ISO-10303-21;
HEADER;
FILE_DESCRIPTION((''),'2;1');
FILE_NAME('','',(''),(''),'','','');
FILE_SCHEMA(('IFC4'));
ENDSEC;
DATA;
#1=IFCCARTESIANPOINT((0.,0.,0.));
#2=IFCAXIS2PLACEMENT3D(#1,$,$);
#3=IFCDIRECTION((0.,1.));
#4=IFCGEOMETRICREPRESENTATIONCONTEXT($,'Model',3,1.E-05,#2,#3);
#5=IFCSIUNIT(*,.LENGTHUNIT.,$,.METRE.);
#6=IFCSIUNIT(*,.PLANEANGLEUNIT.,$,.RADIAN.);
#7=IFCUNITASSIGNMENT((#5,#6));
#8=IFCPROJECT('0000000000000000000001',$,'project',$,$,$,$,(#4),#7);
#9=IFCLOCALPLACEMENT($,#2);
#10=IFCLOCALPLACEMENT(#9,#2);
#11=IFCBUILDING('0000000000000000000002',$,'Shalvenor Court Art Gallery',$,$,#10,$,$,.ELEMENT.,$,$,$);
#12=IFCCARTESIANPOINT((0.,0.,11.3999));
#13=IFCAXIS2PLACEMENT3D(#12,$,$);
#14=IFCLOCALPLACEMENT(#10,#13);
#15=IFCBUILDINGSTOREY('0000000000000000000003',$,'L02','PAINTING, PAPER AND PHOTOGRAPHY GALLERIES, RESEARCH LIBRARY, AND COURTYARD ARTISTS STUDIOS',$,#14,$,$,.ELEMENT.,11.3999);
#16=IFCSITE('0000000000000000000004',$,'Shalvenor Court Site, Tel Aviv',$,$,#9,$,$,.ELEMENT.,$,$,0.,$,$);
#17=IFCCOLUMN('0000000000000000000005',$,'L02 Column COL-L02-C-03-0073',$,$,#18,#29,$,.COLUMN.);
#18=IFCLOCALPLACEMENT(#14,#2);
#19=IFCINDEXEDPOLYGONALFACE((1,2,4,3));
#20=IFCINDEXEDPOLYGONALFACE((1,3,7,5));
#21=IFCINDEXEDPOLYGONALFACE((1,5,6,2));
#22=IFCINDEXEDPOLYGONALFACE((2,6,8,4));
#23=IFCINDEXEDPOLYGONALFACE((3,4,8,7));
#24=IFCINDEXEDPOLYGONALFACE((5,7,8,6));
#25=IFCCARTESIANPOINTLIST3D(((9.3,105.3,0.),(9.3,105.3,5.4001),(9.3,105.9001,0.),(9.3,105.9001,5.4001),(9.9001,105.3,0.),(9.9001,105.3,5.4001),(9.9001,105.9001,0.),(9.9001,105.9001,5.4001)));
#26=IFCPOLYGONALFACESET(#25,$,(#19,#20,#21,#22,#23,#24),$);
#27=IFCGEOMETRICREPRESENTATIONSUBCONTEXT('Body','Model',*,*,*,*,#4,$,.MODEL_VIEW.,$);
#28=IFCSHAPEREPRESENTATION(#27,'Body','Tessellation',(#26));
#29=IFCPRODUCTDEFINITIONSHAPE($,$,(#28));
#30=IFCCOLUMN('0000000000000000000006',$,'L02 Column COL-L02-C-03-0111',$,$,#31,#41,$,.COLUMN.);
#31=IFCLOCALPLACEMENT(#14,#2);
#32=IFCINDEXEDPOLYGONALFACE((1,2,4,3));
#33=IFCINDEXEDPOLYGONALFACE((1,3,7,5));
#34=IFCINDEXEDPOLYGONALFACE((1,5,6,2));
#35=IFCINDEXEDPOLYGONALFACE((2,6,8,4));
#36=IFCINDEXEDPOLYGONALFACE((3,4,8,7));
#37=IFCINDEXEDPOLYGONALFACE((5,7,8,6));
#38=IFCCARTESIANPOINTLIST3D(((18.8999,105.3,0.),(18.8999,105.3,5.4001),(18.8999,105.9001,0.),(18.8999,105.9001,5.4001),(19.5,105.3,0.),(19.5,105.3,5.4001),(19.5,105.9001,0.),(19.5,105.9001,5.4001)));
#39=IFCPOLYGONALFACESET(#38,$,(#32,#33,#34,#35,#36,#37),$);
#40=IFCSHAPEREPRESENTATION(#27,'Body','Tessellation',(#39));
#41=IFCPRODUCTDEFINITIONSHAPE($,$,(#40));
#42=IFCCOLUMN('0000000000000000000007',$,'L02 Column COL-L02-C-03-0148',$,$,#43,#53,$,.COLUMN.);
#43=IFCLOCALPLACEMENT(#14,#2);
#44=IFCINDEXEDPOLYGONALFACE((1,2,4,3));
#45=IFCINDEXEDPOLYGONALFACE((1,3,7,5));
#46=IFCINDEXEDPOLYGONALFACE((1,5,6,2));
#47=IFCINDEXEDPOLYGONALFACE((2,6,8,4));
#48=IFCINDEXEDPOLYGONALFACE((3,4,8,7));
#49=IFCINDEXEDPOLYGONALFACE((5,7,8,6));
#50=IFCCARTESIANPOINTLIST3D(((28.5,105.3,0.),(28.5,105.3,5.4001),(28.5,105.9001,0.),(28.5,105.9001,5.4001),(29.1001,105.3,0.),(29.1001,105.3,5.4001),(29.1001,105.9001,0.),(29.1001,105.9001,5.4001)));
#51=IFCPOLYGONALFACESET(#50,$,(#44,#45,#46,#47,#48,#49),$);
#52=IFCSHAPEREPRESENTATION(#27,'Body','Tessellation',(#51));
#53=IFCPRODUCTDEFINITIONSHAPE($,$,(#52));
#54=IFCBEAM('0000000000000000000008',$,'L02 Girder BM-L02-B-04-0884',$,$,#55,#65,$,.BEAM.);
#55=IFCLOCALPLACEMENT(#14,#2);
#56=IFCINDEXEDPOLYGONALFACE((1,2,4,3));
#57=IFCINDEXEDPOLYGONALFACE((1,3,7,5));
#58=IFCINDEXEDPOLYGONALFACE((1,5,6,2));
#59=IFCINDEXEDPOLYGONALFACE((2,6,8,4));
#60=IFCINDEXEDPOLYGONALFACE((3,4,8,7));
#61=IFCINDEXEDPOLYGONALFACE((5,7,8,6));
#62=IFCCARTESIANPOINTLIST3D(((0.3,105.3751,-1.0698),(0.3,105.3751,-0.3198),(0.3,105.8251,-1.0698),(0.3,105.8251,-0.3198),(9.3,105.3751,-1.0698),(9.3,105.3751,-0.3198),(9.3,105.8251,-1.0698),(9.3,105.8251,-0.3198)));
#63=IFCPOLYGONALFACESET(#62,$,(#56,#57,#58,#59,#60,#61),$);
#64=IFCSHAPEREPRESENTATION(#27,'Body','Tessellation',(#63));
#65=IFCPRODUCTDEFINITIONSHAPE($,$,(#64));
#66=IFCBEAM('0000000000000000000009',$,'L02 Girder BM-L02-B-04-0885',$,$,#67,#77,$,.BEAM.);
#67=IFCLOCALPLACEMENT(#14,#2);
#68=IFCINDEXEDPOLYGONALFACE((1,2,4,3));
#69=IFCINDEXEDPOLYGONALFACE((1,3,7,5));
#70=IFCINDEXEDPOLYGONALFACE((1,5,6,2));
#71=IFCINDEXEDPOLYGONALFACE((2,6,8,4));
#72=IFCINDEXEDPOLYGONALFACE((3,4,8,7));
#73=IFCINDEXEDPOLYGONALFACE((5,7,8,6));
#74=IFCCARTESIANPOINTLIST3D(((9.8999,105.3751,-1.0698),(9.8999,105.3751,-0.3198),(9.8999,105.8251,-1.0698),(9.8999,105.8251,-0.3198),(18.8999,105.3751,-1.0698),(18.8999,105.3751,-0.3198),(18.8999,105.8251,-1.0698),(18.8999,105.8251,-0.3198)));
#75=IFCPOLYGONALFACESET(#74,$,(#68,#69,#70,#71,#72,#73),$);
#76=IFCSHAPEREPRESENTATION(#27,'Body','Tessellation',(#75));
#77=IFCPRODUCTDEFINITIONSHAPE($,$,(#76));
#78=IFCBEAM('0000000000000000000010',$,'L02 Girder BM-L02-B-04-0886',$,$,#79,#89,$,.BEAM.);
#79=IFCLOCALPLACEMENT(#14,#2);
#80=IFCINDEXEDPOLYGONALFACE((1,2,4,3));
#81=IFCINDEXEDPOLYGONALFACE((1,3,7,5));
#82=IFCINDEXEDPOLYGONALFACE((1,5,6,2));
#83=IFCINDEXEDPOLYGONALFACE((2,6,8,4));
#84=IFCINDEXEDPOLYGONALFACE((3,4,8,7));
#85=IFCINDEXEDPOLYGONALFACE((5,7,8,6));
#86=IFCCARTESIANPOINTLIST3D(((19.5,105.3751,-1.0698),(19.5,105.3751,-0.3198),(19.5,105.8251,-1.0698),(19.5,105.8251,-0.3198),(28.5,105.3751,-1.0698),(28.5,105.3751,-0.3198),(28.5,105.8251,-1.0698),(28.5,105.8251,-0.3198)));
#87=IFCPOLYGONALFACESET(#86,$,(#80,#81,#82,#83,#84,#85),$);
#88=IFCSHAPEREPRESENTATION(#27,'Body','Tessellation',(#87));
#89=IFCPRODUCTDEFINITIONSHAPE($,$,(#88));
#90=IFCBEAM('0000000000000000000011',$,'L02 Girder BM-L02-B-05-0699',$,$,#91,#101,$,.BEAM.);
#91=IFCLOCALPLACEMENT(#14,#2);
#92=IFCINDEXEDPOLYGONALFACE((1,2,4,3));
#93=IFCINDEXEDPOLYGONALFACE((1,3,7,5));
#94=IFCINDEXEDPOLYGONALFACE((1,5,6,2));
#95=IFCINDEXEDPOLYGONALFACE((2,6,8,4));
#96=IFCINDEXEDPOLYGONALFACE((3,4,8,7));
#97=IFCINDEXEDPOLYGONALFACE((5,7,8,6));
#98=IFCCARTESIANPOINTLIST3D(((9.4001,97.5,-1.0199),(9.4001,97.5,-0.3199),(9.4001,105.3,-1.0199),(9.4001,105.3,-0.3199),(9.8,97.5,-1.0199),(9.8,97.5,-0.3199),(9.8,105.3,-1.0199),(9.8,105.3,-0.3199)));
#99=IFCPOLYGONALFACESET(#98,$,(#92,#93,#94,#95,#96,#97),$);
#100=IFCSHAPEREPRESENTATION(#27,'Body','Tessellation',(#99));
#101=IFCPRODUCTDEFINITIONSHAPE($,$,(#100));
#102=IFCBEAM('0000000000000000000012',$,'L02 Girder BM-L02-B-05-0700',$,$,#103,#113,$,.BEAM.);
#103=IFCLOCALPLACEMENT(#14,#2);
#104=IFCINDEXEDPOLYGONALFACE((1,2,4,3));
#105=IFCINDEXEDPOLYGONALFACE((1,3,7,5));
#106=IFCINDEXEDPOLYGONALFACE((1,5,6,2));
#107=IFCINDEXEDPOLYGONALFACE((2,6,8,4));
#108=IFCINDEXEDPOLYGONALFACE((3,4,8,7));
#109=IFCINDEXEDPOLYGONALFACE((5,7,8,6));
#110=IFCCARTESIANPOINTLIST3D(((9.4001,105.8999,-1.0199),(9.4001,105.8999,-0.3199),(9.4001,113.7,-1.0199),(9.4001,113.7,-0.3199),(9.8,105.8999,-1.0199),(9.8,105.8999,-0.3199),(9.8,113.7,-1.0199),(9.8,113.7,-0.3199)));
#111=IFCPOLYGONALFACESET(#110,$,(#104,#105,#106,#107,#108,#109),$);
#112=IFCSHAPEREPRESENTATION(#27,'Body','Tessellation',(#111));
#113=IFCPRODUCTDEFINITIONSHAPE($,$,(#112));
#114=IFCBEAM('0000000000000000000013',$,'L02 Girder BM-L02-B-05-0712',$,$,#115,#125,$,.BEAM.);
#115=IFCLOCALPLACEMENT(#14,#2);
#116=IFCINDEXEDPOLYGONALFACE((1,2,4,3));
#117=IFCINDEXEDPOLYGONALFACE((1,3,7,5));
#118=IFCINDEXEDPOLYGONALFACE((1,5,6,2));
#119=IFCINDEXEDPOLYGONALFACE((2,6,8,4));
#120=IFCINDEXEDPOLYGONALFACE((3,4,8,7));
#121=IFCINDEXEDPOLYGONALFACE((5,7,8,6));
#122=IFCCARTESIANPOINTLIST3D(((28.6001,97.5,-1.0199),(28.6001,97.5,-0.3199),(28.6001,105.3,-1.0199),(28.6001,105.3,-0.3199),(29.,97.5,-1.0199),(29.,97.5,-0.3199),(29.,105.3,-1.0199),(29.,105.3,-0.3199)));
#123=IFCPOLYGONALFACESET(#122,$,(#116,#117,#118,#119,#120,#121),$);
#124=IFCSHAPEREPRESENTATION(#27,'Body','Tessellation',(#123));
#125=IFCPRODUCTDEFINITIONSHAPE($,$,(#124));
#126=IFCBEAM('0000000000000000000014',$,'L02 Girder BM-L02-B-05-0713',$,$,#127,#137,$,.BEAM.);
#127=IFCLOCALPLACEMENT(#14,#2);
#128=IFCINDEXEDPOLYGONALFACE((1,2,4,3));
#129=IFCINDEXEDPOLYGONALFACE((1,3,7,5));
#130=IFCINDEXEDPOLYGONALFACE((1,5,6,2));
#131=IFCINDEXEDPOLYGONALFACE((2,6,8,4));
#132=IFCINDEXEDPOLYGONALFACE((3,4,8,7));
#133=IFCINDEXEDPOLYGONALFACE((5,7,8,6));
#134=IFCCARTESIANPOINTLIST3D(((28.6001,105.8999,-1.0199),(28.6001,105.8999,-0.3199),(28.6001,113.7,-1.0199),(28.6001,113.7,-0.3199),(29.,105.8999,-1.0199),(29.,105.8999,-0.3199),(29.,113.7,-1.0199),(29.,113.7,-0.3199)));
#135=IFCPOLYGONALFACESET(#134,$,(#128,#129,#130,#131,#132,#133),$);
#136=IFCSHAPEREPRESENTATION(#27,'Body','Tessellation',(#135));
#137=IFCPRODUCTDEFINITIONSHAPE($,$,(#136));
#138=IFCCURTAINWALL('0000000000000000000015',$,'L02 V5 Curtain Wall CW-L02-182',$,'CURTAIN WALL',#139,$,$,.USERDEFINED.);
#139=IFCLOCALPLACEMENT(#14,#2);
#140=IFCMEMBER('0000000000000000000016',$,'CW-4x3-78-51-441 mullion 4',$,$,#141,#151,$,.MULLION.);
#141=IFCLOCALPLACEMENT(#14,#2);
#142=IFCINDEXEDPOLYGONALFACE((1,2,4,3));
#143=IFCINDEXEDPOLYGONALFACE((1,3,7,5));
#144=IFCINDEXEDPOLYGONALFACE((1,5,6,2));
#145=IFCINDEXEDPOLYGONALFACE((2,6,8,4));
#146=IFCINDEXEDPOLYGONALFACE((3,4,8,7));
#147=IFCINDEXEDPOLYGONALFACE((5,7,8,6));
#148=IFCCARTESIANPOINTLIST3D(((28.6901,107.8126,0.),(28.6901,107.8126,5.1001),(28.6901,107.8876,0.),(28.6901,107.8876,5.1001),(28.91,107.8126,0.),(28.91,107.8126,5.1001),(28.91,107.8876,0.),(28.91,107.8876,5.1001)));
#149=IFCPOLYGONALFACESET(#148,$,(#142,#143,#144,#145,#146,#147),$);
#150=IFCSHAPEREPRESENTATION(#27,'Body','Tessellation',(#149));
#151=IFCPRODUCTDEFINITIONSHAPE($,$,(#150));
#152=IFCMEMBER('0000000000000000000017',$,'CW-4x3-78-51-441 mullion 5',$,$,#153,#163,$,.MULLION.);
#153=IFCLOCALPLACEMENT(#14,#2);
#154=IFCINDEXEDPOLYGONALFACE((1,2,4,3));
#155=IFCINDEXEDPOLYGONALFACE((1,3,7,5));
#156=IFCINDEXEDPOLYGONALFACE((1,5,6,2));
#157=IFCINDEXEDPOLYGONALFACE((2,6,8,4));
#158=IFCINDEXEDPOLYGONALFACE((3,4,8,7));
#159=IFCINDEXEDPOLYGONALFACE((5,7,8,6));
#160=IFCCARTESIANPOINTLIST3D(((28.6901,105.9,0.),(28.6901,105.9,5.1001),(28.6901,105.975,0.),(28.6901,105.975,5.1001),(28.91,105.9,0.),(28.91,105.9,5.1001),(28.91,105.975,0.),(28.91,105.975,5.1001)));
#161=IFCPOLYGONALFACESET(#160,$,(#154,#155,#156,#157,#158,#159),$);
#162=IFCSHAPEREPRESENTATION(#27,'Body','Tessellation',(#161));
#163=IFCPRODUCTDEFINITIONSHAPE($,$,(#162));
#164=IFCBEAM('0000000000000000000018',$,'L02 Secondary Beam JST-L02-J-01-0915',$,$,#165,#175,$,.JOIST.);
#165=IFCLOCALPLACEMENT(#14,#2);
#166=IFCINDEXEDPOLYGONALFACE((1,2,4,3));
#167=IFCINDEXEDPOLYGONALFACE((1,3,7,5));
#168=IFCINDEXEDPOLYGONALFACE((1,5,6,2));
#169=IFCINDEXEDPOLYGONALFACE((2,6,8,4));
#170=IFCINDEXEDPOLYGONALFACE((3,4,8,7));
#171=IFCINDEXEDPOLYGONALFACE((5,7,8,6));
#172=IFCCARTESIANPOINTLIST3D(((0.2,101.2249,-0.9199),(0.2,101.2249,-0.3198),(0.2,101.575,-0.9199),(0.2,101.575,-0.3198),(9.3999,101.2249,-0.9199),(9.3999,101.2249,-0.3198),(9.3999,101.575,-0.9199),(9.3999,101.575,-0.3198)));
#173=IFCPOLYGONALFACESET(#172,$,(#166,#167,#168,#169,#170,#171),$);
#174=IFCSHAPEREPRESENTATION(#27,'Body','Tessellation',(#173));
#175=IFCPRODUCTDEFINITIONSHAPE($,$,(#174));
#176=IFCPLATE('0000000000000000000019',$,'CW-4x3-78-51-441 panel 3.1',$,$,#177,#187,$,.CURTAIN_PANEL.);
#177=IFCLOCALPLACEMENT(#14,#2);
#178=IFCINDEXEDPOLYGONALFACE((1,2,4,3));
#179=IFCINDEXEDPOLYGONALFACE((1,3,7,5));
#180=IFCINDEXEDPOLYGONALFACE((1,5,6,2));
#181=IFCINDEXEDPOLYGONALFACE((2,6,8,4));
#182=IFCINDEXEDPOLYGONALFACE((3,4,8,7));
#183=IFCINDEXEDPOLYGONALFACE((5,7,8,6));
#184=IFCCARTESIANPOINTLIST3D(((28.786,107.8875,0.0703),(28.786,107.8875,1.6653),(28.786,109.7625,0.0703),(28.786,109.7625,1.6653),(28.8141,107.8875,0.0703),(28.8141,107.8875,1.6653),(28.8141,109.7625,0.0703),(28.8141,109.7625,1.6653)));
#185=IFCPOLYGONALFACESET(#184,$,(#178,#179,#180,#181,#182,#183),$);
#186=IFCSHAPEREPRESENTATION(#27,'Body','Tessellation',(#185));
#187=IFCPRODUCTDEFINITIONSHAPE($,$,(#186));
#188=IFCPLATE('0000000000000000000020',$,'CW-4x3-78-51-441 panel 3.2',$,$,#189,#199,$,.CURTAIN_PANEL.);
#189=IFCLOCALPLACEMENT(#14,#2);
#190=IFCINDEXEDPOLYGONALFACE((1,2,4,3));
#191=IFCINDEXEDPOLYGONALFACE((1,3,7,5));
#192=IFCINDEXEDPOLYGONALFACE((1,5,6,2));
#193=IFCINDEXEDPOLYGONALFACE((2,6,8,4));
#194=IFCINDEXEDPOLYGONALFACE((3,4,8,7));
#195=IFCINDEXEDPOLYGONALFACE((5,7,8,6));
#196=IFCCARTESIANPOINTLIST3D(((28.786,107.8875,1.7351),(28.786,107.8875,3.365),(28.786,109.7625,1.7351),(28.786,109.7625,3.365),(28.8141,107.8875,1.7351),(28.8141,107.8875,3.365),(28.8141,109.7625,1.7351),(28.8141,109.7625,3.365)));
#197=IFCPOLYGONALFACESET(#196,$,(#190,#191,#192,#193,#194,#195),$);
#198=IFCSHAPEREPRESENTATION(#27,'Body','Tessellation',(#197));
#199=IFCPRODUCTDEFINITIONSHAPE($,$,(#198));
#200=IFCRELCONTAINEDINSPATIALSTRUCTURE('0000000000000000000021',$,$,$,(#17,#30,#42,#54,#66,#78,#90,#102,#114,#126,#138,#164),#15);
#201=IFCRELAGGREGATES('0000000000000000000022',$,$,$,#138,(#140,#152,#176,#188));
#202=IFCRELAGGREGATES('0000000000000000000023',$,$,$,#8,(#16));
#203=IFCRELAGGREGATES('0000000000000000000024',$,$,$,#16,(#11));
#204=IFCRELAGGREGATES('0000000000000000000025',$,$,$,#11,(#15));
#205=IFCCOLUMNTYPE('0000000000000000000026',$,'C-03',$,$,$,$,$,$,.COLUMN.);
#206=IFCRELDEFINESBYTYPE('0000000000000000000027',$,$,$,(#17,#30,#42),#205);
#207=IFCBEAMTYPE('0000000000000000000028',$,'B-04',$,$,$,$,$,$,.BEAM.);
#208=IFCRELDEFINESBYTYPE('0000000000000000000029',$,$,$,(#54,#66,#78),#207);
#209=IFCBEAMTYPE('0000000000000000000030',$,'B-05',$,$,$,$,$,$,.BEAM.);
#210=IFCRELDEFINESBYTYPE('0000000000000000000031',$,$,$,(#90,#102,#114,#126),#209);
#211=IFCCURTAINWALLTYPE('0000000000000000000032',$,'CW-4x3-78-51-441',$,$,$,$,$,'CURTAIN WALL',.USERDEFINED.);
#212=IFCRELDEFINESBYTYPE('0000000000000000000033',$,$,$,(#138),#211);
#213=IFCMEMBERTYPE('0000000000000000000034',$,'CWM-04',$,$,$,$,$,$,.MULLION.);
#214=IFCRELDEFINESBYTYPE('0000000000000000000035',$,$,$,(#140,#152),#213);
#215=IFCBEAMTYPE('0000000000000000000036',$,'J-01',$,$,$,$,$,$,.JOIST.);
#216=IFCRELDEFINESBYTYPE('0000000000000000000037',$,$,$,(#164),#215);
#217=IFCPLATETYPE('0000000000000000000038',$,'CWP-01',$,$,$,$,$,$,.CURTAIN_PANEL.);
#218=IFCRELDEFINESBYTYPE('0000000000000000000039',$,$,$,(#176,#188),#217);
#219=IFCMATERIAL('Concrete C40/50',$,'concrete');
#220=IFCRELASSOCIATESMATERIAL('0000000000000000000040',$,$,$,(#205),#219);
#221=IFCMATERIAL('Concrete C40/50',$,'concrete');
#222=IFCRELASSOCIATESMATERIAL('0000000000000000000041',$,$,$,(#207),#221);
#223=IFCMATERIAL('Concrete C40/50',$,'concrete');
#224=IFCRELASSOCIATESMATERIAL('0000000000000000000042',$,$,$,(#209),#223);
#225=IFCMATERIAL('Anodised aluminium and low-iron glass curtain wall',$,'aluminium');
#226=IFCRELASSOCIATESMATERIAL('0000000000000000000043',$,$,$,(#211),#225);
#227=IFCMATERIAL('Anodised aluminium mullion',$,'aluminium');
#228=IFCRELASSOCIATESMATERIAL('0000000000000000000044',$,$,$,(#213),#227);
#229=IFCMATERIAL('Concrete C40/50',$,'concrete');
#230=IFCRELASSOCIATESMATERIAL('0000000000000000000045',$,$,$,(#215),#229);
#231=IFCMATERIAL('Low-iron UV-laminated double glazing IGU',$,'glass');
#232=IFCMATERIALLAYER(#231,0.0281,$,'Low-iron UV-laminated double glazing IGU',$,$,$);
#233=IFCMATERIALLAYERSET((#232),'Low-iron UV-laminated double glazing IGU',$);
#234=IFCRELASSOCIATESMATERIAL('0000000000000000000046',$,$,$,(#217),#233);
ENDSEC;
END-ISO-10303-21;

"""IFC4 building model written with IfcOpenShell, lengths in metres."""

from ifc_helpers import new_model, si_unit, direction, frame, origin, origin_2d, place, context, subcontext, project, spatial, rectangle, extrude, material, layer, layer_set, material_profile, profile_set, type_object, element, aggregate, save


model = new_model("IFC4")

# Units and contexts
model_context = context("Model", 3, precision=1e-05, world=origin(), true_north=direction((0.0, 1.0)))
body_context = subcontext(model_context, "Body", "Model", "MODEL_VIEW")
ifc_project = project(units=[si_unit("LENGTHUNIT", "METRE"), si_unit("PLANEANGLEUNIT", "RADIAN")], contexts=[model_context])

# Site, building, storey
site_placement = place(None, origin())
site = spatial("IfcSite", under=ifc_project, at=site_placement, Name="Shalvenor Court Site, Tel Aviv", CompositionType="ELEMENT", RefElevation=0.0)
building_placement = place(site_placement, origin())
building = spatial("IfcBuilding", under=site, at=building_placement, Name="Shalvenor Court Art Gallery", CompositionType="ELEMENT")
storey_placement = place(building_placement, frame((0.0, 0.0, 11.3999)))
storey = spatial("IfcBuildingStorey", under=building, at=storey_placement, Name="L02", Description="PAINTING, PAPER AND PHOTOGRAPHY GALLERIES, RESEARCH LIBRARY, AND COURTYARD ARTISTS STUDIOS", CompositionType="ELEMENT", Elevation=11.3999)

# Columns
ifc_material_1 = material(Name="Concrete C40/50", Category="concrete")
ifc_material_profile_1 = material_profile(ifc_material_1, rectangle(XDim=0.6001, YDim=0.6001, at=origin_2d()), Name="RC 600x600")
ifc_profile_set_1 = profile_set([ifc_material_profile_1], Name="Concrete C40/50")
column_type = type_object("IfcColumnType", Name="C-03", PredefinedType="COLUMN", material=ifc_profile_set_1)
for number, where, z_axis, x_axis, name in (
    (1, (9.6001, 105.6001, 0.0), (0.0, 0.0, 1.0), (1.0, 0.0, 0.0), "L02 Column COL-L02-C-03-0073"),
    (2, (19.2, 105.6001, 0.0), (0.0, 0.0, 1.0), (1.0, 0.0, 0.0), "L02 Column COL-L02-C-03-0111"),
    (3, (28.8, 105.6001, 0.0), (0.0, 0.0, 1.0), (1.0, 0.0, 0.0), "L02 Column COL-L02-C-03-0148"),
):
    element("IfcColumn", number, at=place(storey_placement, frame(where, z_axis=z_axis, x_axis=x_axis)), inside=storey, type_object=column_type, Name=name, PredefinedType="COLUMN", context=body_context, shape_type="SweptSolid", body=[
        extrude(rectangle(XDim=0.6001, YDim=0.6001, at=origin_2d()), origin(), (0.0, 0.0, 1.0), 5.4001),
    ])

# Beams
ifc_material_2 = material(Name="Concrete C40/50", Category="concrete")
ifc_material_profile_2 = material_profile(ifc_material_2, rectangle(XDim=0.45, YDim=0.75, at=origin_2d()), Name="RC 450x750")
ifc_profile_set_2 = profile_set([ifc_material_profile_2], Name="Concrete C40/50")
beam_type_1 = type_object("IfcBeamType", Name="B-04", PredefinedType="BEAM", material=ifc_profile_set_2)
for number, where, z_axis, x_axis, name in (
    (4, (0.3, 105.6001, -0.6948), (1.0, 0.0, 0.0), (0.0, 1.0, 0.0), "L02 Girder BM-L02-B-04-0884"),
    (5, (9.8999, 105.6001, -0.6948), (1.0, 0.0, 0.0), (0.0, 1.0, 0.0), "L02 Girder BM-L02-B-04-0885"),
    (6, (19.5, 105.6001, -0.6948), (1.0, 0.0, 0.0), (0.0, 1.0, 0.0), "L02 Girder BM-L02-B-04-0886"),
):
    element("IfcBeam", number, at=place(storey_placement, frame(where, z_axis=z_axis, x_axis=x_axis)), inside=storey, type_object=beam_type_1, Name=name, PredefinedType="BEAM", context=body_context, shape_type="SweptSolid", body=[
        extrude(rectangle(XDim=0.45, YDim=0.75, at=origin_2d()), origin(), (0.0, 0.0, 1.0), 9.0),
    ])
ifc_material_3 = material(Name="Concrete C40/50", Category="concrete")
ifc_material_profile_3 = material_profile(ifc_material_3, rectangle(XDim=0.3999, YDim=0.7, at=origin_2d()), Name="RC 400x700")
ifc_profile_set_3 = profile_set([ifc_material_profile_3], Name="Concrete C40/50")
beam_type_2 = type_object("IfcBeamType", Name="B-05", PredefinedType="BEAM", material=ifc_profile_set_3)
for number, where, z_axis, x_axis, name in (
    (7, (9.6001, 97.5, -0.6699), (0.0, 1.0, 0.0), (-1.0, 0.0, 0.0), "L02 Girder BM-L02-B-05-0699"),
    (8, (9.6001, 105.8999, -0.6699), (0.0, 1.0, 0.0), (-1.0, 0.0, 0.0), "L02 Girder BM-L02-B-05-0700"),
    (9, (28.8, 97.5, -0.6699), (0.0, 1.0, 0.0), (-1.0, 0.0, 0.0), "L02 Girder BM-L02-B-05-0712"),
    (10, (28.8, 105.8999, -0.6699), (0.0, 1.0, 0.0), (-1.0, 0.0, 0.0), "L02 Girder BM-L02-B-05-0713"),
):
    element("IfcBeam", number, at=place(storey_placement, frame(where, z_axis=z_axis, x_axis=x_axis)), inside=storey, type_object=beam_type_2, Name=name, PredefinedType="BEAM", context=body_context, shape_type="SweptSolid", body=[
        extrude(rectangle(XDim=0.3999, YDim=0.7, at=origin_2d()), origin(), (0.0, 0.0, 1.0), 7.8),
    ])

# Curtain wall, members
ifc_material_4 = material(Name="Anodised aluminium and low-iron glass curtain wall", Category="aluminium")
curtain_wall_type = type_object("IfcCurtainWallType", Name="CW-4x3-78-51-441", ElementType="CURTAIN WALL", PredefinedType="USERDEFINED", material=ifc_material_4)
curtain_wall_placement = place(storey_placement, origin())
curtain_wall = element("IfcCurtainWall", 11, at=curtain_wall_placement, inside=storey, type_object=curtain_wall_type, Name="L02 V5 Curtain Wall CW-L02-182", ObjectType="CURTAIN WALL", PredefinedType="USERDEFINED")
ifc_material_5 = material(Name="Anodised aluminium mullion", Category="aluminium")
ifc_material_profile_4 = material_profile(ifc_material_5, rectangle(XDim=0.075, YDim=0.22, at=origin_2d()), Name="CWM-04")
ifc_profile_set_4 = profile_set([ifc_material_profile_4], Name="Anodised aluminium mullion")
member_type = type_object("IfcMemberType", Name="CWM-04", PredefinedType="MULLION", material=ifc_profile_set_4)
member_1_placement = place(storey_placement, frame((28.8, 107.8501, 0.0), z_axis=(0.0, 0.0, 1.0), x_axis=(0.0, -1.0, 0.0)))
member_1 = element("IfcMember", 12, at=member_1_placement, type_object=member_type, Name="CW-4x3-78-51-441 mullion 4", PredefinedType="MULLION", context=body_context, shape_type="SweptSolid", body=[
    extrude(rectangle(XDim=0.075, YDim=0.22, at=origin_2d()), origin(), (0.0, 0.0, 1.0), 5.1001),
])
member_2_placement = place(storey_placement, frame((28.8, 105.9375, 0.0), z_axis=(0.0, 0.0, 1.0), x_axis=(0.0, -1.0, 0.0)))
member_2 = element("IfcMember", 13, at=member_2_placement, type_object=member_type, Name="CW-4x3-78-51-441 mullion 5", PredefinedType="MULLION", context=body_context, shape_type="SweptSolid", body=[
    extrude(rectangle(XDim=0.075, YDim=0.22, at=origin_2d()), origin(), (0.0, 0.0, 1.0), 5.1001),
])

# Beam
ifc_material_6 = material(Name="Concrete C40/50", Category="concrete")
ifc_material_profile_5 = material_profile(ifc_material_6, rectangle(XDim=0.3501, YDim=0.6001, at=origin_2d()), Name="RC 350x600")
ifc_profile_set_5 = profile_set([ifc_material_profile_5], Name="Concrete C40/50")
beam_type_3 = type_object("IfcBeamType", Name="J-01", PredefinedType="JOIST", material=ifc_profile_set_5)
beam_placement = place(storey_placement, frame((0.2, 101.3999, -0.6199), z_axis=(1.0, 0.0, 0.0), x_axis=(0.0, 1.0, 0.0)))
element("IfcBeam", 14, at=beam_placement, inside=storey, type_object=beam_type_3, Name="L02 Secondary Beam JST-L02-J-01-0915", PredefinedType="JOIST", context=body_context, shape_type="SweptSolid", body=[
    extrude(rectangle(XDim=0.3501, YDim=0.6001, at=origin_2d()), origin(), (0.0, 0.0, 1.0), 9.2),
])

# Plates
ifc_material_7 = material(Name="Low-iron UV-laminated double glazing IGU", Category="glass")
ifc_layer_1 = layer(ifc_material_7, 0.0281, Name="Low-iron UV-laminated double glazing IGU")
ifc_layer_set_1 = layer_set([ifc_layer_1], Name="Low-iron UV-laminated double glazing IGU")
plate_type = type_object("IfcPlateType", Name="CWP-01", PredefinedType="CURTAIN_PANEL", material=ifc_layer_set_1)
plate_1_placement = place(storey_placement, frame((28.8, 108.825, 0.0703), z_axis=(0.0, 0.0, 1.0), x_axis=(0.0, -1.0, 0.0)))
plate_1 = element("IfcPlate", 15, at=plate_1_placement, type_object=plate_type, Name="CW-4x3-78-51-441 panel 3.1", PredefinedType="CURTAIN_PANEL", context=body_context, shape_type="SweptSolid", body=[
    extrude(rectangle(XDim=1.875, YDim=0.0281, at=origin_2d()), origin(), (0.0, 0.0, 1.0), 1.595),
])
plate_2_placement = place(storey_placement, frame((28.8, 108.825, 1.7351), z_axis=(0.0, 0.0, 1.0), x_axis=(0.0, -1.0, 0.0)))
plate_2 = element("IfcPlate", 16, at=plate_2_placement, type_object=plate_type, Name="CW-4x3-78-51-441 panel 3.2", PredefinedType="CURTAIN_PANEL", context=body_context, shape_type="SweptSolid", body=[
    extrude(rectangle(XDim=1.875, YDim=0.0281, at=origin_2d()), origin(), (0.0, 0.0, 1.0), 1.6299),
])
aggregate(curtain_wall, [member_1, member_2, plate_1, plate_2])

save(model, "model.ifc")
